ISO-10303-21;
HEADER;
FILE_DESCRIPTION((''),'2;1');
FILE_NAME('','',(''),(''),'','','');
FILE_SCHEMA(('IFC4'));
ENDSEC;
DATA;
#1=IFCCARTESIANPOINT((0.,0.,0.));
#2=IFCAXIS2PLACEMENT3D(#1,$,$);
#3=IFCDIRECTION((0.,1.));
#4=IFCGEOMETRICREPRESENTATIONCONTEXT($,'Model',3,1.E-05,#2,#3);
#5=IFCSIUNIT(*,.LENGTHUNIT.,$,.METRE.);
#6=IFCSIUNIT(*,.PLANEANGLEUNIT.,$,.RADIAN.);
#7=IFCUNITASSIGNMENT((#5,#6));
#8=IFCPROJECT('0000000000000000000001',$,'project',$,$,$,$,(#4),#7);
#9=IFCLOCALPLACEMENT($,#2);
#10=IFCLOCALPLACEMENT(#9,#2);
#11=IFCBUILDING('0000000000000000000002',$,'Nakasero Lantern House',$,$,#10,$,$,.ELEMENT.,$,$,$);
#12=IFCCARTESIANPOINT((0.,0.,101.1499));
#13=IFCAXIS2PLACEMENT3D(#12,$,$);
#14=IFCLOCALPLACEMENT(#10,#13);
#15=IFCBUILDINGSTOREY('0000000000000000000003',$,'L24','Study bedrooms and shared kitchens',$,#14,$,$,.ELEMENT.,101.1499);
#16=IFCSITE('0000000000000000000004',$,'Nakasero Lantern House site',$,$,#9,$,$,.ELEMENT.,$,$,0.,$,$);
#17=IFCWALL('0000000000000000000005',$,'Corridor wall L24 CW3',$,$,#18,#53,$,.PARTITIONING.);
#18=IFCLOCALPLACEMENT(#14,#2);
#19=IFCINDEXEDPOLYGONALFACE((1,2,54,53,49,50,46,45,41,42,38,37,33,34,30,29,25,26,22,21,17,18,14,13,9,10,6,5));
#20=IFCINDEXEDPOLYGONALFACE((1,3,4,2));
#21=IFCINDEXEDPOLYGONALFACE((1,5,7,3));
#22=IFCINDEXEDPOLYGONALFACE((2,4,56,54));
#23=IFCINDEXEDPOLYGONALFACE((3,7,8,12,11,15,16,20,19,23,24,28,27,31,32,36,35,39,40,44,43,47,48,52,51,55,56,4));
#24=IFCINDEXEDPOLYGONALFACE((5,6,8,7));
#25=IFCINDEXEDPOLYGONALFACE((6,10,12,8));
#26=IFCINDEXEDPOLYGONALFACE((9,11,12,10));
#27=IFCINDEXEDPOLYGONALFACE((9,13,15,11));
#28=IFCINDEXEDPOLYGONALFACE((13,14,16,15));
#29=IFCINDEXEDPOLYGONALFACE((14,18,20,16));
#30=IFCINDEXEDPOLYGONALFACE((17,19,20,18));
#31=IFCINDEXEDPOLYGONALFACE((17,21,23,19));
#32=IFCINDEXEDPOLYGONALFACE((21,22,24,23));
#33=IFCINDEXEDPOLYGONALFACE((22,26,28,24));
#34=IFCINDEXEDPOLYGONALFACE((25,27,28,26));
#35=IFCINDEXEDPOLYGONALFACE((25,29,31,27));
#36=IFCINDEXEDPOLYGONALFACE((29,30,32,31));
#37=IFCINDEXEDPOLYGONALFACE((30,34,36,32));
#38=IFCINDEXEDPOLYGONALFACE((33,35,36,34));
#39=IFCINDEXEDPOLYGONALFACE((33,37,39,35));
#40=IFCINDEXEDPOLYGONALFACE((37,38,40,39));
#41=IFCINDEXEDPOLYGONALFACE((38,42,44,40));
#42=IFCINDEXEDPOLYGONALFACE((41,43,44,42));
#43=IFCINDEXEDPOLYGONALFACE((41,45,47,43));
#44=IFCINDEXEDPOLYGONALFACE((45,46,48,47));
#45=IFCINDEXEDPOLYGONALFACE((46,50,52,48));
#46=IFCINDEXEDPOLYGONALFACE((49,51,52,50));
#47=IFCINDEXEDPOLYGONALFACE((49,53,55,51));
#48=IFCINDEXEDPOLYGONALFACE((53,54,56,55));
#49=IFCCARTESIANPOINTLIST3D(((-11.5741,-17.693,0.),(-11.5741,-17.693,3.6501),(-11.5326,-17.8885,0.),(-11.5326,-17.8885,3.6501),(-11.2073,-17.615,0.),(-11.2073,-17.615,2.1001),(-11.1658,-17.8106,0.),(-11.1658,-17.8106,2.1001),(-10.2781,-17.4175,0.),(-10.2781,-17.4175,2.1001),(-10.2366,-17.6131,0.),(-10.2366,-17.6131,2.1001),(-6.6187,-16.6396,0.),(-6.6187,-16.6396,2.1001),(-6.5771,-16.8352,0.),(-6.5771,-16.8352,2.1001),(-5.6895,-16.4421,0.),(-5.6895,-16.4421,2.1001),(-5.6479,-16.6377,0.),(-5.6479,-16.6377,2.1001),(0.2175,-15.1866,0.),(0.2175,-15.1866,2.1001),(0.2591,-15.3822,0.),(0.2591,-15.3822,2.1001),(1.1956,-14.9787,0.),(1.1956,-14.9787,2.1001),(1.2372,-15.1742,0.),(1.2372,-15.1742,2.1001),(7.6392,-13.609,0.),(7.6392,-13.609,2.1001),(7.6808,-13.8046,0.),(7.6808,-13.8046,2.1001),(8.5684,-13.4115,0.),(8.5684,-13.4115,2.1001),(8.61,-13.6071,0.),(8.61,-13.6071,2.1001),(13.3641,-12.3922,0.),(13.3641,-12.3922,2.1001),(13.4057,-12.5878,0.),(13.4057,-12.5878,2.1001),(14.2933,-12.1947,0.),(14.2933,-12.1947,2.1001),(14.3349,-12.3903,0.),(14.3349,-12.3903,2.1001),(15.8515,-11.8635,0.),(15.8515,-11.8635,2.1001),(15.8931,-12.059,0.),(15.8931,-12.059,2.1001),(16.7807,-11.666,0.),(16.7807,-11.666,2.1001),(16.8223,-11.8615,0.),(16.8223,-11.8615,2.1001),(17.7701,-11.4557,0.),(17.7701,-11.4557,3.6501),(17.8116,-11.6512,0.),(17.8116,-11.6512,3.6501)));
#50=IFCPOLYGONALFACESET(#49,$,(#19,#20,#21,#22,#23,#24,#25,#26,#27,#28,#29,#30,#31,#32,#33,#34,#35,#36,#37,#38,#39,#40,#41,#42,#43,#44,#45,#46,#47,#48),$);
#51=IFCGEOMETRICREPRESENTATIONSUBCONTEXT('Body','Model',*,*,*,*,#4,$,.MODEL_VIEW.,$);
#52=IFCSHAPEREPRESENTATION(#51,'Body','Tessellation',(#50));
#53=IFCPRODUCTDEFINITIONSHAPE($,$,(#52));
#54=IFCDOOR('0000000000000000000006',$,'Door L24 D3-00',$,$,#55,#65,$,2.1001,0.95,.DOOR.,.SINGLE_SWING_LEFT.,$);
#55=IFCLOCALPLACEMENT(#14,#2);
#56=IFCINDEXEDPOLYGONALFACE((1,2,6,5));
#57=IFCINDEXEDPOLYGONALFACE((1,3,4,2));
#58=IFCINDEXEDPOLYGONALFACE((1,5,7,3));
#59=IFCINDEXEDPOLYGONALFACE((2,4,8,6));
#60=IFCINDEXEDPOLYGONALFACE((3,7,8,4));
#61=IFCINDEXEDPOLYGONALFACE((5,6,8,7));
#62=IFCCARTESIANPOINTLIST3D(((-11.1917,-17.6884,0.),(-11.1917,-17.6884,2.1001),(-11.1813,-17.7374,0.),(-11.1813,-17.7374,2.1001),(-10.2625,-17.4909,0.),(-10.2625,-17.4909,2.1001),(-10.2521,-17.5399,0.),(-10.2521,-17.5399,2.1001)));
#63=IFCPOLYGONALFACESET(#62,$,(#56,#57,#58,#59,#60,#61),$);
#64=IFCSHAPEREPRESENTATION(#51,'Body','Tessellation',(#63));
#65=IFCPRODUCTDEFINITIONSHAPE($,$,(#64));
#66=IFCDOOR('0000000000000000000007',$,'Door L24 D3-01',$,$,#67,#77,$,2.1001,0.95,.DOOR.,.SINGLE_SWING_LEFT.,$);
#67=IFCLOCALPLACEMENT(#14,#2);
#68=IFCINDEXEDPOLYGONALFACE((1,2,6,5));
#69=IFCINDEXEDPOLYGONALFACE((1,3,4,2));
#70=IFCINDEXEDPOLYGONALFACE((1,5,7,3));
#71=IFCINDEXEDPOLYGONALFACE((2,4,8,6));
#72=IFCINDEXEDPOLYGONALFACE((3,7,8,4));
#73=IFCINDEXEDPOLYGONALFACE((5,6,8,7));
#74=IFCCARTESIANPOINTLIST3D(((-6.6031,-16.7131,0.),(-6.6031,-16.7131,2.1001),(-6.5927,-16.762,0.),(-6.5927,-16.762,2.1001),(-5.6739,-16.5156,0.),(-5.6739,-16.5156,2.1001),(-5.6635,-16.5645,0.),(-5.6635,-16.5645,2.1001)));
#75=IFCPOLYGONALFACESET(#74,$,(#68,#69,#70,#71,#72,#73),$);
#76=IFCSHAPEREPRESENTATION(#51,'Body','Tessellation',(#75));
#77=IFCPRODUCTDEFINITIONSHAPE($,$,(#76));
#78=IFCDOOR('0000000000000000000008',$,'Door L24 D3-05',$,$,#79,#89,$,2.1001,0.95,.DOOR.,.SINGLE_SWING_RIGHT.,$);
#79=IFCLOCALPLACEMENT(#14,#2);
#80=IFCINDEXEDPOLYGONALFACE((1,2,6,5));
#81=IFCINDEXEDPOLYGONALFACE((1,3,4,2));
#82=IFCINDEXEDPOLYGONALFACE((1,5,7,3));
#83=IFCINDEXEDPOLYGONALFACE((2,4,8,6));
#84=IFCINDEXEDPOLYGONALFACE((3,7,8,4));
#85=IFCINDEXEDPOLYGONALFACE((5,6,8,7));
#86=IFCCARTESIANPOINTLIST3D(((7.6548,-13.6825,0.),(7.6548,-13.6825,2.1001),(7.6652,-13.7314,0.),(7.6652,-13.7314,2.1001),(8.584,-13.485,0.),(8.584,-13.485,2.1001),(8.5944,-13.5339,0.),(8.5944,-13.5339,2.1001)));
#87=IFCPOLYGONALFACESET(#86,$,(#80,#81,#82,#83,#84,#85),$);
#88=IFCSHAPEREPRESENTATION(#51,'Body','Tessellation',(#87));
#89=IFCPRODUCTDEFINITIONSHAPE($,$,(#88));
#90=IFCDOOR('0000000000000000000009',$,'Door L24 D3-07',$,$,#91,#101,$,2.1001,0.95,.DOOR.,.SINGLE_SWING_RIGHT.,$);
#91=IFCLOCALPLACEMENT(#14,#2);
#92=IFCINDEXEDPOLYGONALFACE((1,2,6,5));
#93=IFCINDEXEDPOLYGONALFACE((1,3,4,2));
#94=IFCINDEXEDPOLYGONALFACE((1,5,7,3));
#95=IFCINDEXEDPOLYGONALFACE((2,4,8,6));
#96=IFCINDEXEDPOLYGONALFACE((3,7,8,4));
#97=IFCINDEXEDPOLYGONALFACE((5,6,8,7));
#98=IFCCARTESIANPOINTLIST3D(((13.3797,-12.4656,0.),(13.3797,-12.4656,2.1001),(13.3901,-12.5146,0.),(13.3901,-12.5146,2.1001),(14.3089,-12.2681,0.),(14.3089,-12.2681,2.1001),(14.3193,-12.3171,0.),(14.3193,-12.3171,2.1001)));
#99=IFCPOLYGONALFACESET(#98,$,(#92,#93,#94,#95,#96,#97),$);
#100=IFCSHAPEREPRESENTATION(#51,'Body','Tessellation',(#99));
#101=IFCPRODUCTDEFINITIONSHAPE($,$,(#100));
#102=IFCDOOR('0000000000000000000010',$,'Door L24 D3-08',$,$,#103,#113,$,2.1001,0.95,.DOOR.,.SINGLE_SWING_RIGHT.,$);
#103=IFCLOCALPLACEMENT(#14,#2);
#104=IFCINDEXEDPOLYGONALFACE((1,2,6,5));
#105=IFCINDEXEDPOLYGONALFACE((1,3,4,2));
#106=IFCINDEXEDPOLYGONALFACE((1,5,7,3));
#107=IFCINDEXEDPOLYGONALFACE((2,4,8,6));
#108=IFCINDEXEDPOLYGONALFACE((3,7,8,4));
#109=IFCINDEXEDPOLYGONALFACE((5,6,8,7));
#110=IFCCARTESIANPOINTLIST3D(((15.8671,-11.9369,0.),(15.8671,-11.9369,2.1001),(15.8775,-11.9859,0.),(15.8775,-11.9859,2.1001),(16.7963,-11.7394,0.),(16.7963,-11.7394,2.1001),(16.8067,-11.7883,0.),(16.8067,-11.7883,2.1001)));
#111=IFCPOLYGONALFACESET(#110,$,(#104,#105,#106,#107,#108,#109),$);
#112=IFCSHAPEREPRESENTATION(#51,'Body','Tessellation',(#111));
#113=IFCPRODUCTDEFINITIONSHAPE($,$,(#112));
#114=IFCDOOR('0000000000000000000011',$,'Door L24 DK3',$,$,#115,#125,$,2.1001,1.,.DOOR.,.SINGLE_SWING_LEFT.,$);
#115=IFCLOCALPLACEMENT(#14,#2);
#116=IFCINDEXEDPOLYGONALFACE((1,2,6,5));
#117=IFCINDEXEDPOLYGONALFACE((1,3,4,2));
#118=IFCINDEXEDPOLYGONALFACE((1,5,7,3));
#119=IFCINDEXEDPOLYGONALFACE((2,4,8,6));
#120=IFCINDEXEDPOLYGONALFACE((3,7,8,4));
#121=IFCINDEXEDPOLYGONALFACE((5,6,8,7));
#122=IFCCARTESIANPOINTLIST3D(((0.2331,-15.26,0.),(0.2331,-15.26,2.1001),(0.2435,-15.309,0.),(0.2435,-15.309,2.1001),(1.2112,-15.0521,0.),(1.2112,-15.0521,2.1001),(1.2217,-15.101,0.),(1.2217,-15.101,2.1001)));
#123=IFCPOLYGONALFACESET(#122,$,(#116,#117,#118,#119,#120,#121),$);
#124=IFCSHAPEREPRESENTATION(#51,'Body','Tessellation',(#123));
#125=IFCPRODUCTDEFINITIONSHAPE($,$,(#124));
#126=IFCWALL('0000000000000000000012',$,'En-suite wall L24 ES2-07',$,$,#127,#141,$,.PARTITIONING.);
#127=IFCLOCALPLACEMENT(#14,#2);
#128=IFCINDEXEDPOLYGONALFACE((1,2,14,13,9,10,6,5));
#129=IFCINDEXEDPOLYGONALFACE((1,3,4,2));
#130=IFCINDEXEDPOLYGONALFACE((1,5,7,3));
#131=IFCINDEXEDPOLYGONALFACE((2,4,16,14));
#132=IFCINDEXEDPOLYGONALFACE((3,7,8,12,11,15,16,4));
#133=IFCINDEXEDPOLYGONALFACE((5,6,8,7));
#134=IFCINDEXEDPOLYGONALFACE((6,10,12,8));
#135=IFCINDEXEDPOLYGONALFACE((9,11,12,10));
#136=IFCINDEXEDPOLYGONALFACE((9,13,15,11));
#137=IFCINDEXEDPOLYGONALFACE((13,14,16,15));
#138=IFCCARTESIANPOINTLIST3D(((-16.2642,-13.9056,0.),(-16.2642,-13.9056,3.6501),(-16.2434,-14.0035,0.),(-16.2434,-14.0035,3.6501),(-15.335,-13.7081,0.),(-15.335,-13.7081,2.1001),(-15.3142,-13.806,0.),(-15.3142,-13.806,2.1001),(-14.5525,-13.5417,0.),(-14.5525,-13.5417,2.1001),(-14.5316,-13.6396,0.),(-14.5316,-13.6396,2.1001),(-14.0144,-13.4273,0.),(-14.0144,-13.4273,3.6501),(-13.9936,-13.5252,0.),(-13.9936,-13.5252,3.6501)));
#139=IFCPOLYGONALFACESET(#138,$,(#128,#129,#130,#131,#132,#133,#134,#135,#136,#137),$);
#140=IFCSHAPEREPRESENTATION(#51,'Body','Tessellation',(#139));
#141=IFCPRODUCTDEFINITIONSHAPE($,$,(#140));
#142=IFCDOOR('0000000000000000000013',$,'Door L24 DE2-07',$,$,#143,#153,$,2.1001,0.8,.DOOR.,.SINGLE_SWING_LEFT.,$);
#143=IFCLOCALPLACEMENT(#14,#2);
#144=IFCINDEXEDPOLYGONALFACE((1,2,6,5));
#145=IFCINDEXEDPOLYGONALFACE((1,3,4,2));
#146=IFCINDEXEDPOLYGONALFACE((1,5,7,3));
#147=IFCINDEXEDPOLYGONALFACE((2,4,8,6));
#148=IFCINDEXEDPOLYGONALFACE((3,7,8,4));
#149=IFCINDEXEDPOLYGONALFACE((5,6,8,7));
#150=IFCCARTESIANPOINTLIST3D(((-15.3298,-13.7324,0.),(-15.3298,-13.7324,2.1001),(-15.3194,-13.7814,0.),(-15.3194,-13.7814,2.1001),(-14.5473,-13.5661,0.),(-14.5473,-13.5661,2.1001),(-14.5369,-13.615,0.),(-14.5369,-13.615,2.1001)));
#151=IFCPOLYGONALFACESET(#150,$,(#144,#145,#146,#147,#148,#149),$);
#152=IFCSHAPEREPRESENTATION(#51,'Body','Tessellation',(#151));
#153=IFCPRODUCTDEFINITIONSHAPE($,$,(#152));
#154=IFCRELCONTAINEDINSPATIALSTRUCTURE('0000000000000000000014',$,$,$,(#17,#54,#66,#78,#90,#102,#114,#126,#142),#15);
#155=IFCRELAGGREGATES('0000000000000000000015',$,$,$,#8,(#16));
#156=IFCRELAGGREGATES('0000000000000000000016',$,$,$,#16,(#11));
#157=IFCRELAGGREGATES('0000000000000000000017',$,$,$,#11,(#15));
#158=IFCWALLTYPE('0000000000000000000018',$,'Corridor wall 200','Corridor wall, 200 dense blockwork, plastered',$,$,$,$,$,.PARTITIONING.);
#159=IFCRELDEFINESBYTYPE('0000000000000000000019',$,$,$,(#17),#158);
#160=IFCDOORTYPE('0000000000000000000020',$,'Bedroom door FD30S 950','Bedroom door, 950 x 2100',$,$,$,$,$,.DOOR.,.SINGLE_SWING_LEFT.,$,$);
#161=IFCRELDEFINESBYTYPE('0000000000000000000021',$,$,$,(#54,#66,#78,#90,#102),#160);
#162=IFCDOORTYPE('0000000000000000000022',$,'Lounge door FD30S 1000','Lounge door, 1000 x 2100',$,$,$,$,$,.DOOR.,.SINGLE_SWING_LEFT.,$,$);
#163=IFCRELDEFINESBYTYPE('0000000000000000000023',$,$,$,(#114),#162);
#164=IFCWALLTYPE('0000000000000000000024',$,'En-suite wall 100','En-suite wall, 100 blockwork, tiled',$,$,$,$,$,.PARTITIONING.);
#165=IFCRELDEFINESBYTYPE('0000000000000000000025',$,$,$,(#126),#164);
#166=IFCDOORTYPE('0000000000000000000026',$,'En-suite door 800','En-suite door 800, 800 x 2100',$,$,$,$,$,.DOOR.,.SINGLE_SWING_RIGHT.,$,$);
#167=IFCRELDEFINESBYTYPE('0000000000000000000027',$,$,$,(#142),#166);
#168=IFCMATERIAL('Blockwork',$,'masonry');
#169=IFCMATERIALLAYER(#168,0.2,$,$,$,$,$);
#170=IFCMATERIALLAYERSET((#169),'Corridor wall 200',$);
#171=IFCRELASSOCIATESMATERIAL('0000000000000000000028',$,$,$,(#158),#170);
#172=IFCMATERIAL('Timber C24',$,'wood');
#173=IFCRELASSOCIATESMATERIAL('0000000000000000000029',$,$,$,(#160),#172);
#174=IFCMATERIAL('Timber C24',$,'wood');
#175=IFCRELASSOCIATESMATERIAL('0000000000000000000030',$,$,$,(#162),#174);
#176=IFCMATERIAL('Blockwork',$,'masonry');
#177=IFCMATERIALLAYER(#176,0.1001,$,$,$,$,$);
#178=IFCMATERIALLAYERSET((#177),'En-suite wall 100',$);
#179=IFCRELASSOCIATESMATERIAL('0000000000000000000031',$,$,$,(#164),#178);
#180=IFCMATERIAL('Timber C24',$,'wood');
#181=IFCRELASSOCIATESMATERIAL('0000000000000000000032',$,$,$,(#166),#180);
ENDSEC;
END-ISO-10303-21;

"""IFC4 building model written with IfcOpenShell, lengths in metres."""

from ifc_helpers import new_model, si_unit, direction, frame, frame_2d, origin, place, context, subcontext, project, spatial, rectangle, extrude, material, layer, layer_set, type_object, element, fill, save


model = new_model("IFC4")

# Units and contexts
model_context = context("Model", 3, precision=1e-05, world=origin(), true_north=direction((0.0, 1.0)))
body_context = subcontext(model_context, "Body", "Model", "MODEL_VIEW")
ifc_project = project(units=[si_unit("LENGTHUNIT", "METRE"), si_unit("PLANEANGLEUNIT", "RADIAN")], contexts=[model_context])

# Site, building, storey
site_placement = place(None, origin())
site = spatial("IfcSite", under=ifc_project, at=site_placement, Name="Nakasero Lantern House site", CompositionType="ELEMENT", RefElevation=0.0)
building_placement = place(site_placement, origin())
building = spatial("IfcBuilding", under=site, at=building_placement, Name="Nakasero Lantern House", CompositionType="ELEMENT")
storey_placement = place(building_placement, frame((0.0, 0.0, 101.1499)))
storey = spatial("IfcBuildingStorey", under=building, at=storey_placement, Name="L24", Description="Study bedrooms and shared kitchens", CompositionType="ELEMENT", Elevation=101.1499)

# Wall, openings, doors
ifc_material_1 = material(Name="Blockwork", Category="masonry")
ifc_layer_1 = layer(ifc_material_1, 0.2)
ifc_layer_set_1 = layer_set([ifc_layer_1], Name="Corridor wall 200")
wall_type_1 = type_object("IfcWallType", Name="Corridor wall 200", Description="Corridor wall, 200 dense blockwork, plastered", PredefinedType="PARTITIONING", material=ifc_layer_set_1)
wall_1_placement = place(storey_placement, frame((-11.5535, -17.7908, 0.0), z_axis=(0.0, 0.0, 1.0), x_axis=(0.978148, 0.207912, 0.0)))
wall_1 = element("IfcWall", 1, at=wall_1_placement, inside=storey, type_object=wall_type_1, Name="Corridor wall L24 CW3", PredefinedType="PARTITIONING", context=body_context, shape_type="SweptSolid", body=[
    extrude(rectangle(XDim=29.9998, YDim=0.2, at=frame_2d((15.0, 0.0))), origin(), (0.0, 0.0, 1.0), 3.6501),
])
opening_1_placement = place(wall_1_placement, frame((0.375, 0.0, 0.0)))
opening_1 = element("IfcOpeningElement", 2, at=opening_1_placement, cuts=wall_1, PredefinedType="OPENING", context=body_context, shape_type="SweptSolid", body=[
    extrude(rectangle(XDim=0.95, YDim=2.1001, at=frame_2d((0.4751, 1.05))), frame((0.0, 0.1199, 0.0), z_axis=(0.0, -1.0, 0.0), x_axis=(1.0, 0.0, 0.0)), (0.0, 0.0, 1.0), 0.24),
])
opening_2_placement = place(wall_1_placement, frame((5.0662, 0.0, 0.0)))
opening_2 = element("IfcOpeningElement", 3, at=opening_2_placement, cuts=wall_1, PredefinedType="OPENING", context=body_context, shape_type="SweptSolid", body=[
    extrude(rectangle(XDim=0.95, YDim=2.1001, at=frame_2d((0.4751, 1.05))), frame((0.0, 0.1199, 0.0), z_axis=(0.0, -1.0, 0.0), x_axis=(1.0, 0.0, 0.0)), (0.0, 0.0, 1.0), 0.24),
])
opening_3_placement = place(wall_1_placement, frame((19.6426, 0.0, 0.0)))
opening_3 = element("IfcOpeningElement", 4, at=opening_3_placement, cuts=wall_1, PredefinedType="OPENING", context=body_context, shape_type="SweptSolid", body=[
    extrude(rectangle(XDim=0.95, YDim=2.1001, at=frame_2d((0.4751, 1.05))), frame((0.0, 0.1199, 0.0), z_axis=(0.0, -1.0, 0.0), x_axis=(1.0, 0.0, 0.0)), (0.0, 0.0, 1.0), 0.24),
])
opening_4_placement = place(wall_1_placement, frame((25.4954, 0.0, 0.0)))
opening_4 = element("IfcOpeningElement", 5, at=opening_4_placement, cuts=wall_1, PredefinedType="OPENING", context=body_context, shape_type="SweptSolid", body=[
    extrude(rectangle(XDim=0.95, YDim=2.1001, at=frame_2d((0.4751, 1.05))), frame((0.0, 0.1199, 0.0), z_axis=(0.0, -1.0, 0.0), x_axis=(1.0, 0.0, 0.0)), (0.0, 0.0, 1.0), 0.24),
])
opening_5_placement = place(wall_1_placement, frame((28.0383, 0.0, 0.0)))
opening_5 = element("IfcOpeningElement", 6, at=opening_5_placement, cuts=wall_1, PredefinedType="OPENING", context=body_context, shape_type="SweptSolid", body=[
    extrude(rectangle(XDim=0.95, YDim=2.1001, at=frame_2d((0.4751, 1.05))), frame((0.0, 0.1199, 0.0), z_axis=(0.0, -1.0, 0.0), x_axis=(1.0, 0.0, 0.0)), (0.0, 0.0, 1.0), 0.24),
])
opening_6_placement = place(wall_1_placement, frame((12.0552, 0.0, 0.0)))
opening_6 = element("IfcOpeningElement", 7, at=opening_6_placement, cuts=wall_1, PredefinedType="OPENING", context=body_context, shape_type="SweptSolid", body=[
    extrude(rectangle(XDim=1.0, YDim=2.1001, at=frame_2d((0.5, 1.05))), frame((0.0, 0.1199, 0.0), z_axis=(0.0, -1.0, 0.0), x_axis=(1.0, 0.0, 0.0)), (0.0, 0.0, 1.0), 0.24),
])
ifc_material_2 = material(Name="Timber C24", Category="wood")
door_type_1 = type_object("IfcDoorType", Name="Bedroom door FD30S 950", Description="Bedroom door, 950 x 2100", OperationType="SINGLE_SWING_LEFT", PredefinedType="DOOR", material=ifc_material_2)
door_1_placement = place(opening_1_placement, origin())
door_1 = element("IfcDoor", 8, at=door_1_placement, inside=storey, type_object=door_type_1, Name="Door L24 D3-00", OperationType="SINGLE_SWING_LEFT", OverallHeight=2.1001, OverallWidth=0.95, PredefinedType="DOOR", context=body_context, shape_type="SweptSolid", body=[
    extrude(rectangle(XDim=0.95, YDim=2.1001, at=frame_2d((0.4751, 1.05))), frame((0.0, 0.0249, 0.0), z_axis=(0.0, -1.0, 0.0), x_axis=(1.0, 0.0, 0.0)), (0.0, 0.0, 1.0), 0.05),
])
fill(opening_1, door_1)
door_2_placement = place(opening_2_placement, origin())
door_2 = element("IfcDoor", 9, at=door_2_placement, inside=storey, type_object=door_type_1, Name="Door L24 D3-01", OperationType="SINGLE_SWING_LEFT", OverallHeight=2.1001, OverallWidth=0.95, PredefinedType="DOOR", context=body_context, shape_type="SweptSolid", body=[
    extrude(rectangle(XDim=0.95, YDim=2.1001, at=frame_2d((0.4751, 1.05))), frame((0.0, 0.0249, 0.0), z_axis=(0.0, -1.0, 0.0), x_axis=(1.0, 0.0, 0.0)), (0.0, 0.0, 1.0), 0.05),
])
fill(opening_2, door_2)
door_3_placement = place(opening_3_placement, origin())
door_3 = element("IfcDoor", 10, at=door_3_placement, inside=storey, type_object=door_type_1, Name="Door L24 D3-05", OperationType="SINGLE_SWING_RIGHT", OverallHeight=2.1001, OverallWidth=0.95, PredefinedType="DOOR", context=body_context, shape_type="SweptSolid", body=[
    extrude(rectangle(XDim=0.95, YDim=2.1001, at=frame_2d((0.4751, 1.05))), frame((0.0, 0.0249, 0.0), z_axis=(0.0, -1.0, 0.0), x_axis=(1.0, 0.0, 0.0)), (0.0, 0.0, 1.0), 0.05),
])
fill(opening_3, door_3)
door_4_placement = place(opening_4_placement, origin())
door_4 = element("IfcDoor", 11, at=door_4_placement, inside=storey, type_object=door_type_1, Name="Door L24 D3-07", OperationType="SINGLE_SWING_RIGHT", OverallHeight=2.1001, OverallWidth=0.95, PredefinedType="DOOR", context=body_context, shape_type="SweptSolid", body=[
    extrude(rectangle(XDim=0.95, YDim=2.1001, at=frame_2d((0.4751, 1.05))), frame((0.0, 0.0249, 0.0), z_axis=(0.0, -1.0, 0.0), x_axis=(1.0, 0.0, 0.0)), (0.0, 0.0, 1.0), 0.05),
])
fill(opening_4, door_4)
door_5_placement = place(opening_5_placement, origin())
door_5 = element("IfcDoor", 12, at=door_5_placement, inside=storey, type_object=door_type_1, Name="Door L24 D3-08", OperationType="SINGLE_SWING_RIGHT", OverallHeight=2.1001, OverallWidth=0.95, PredefinedType="DOOR", context=body_context, shape_type="SweptSolid", body=[
    extrude(rectangle(XDim=0.95, YDim=2.1001, at=frame_2d((0.4751, 1.05))), frame((0.0, 0.0249, 0.0), z_axis=(0.0, -1.0, 0.0), x_axis=(1.0, 0.0, 0.0)), (0.0, 0.0, 1.0), 0.05),
])
fill(opening_5, door_5)
ifc_material_3 = material(Name="Timber C24", Category="wood")
door_type_2 = type_object("IfcDoorType", Name="Lounge door FD30S 1000", Description="Lounge door, 1000 x 2100", OperationType="SINGLE_SWING_LEFT", PredefinedType="DOOR", material=ifc_material_3)
door_6_placement = place(opening_6_placement, origin())
door_6 = element("IfcDoor", 13, at=door_6_placement, inside=storey, type_object=door_type_2, Name="Door L24 DK3", OperationType="SINGLE_SWING_LEFT", OverallHeight=2.1001, OverallWidth=1.0, PredefinedType="DOOR", context=body_context, shape_type="SweptSolid", body=[
    extrude(rectangle(XDim=1.0, YDim=2.1001, at=frame_2d((0.5, 1.05))), frame((0.0, 0.0249, 0.0), z_axis=(0.0, -1.0, 0.0), x_axis=(1.0, 0.0, 0.0)), (0.0, 0.0, 1.0), 0.05),
])
fill(opening_6, door_6)

# Wall, opening, door
ifc_material_4 = material(Name="Blockwork", Category="masonry")
ifc_layer_2 = layer(ifc_material_4, 0.1001)
ifc_layer_set_2 = layer_set([ifc_layer_2], Name="En-suite wall 100")
wall_type_2 = type_object("IfcWallType", Name="En-suite wall 100", Description="En-suite wall, 100 blockwork, tiled", PredefinedType="PARTITIONING", material=ifc_layer_set_2)
wall_2_placement = place(storey_placement, frame((-14.0042, -13.4763, 0.0), z_axis=(0.0, 0.0, 1.0), x_axis=(-0.978141, -0.207941, 0.0)))
wall_2 = element("IfcWall", 14, at=wall_2_placement, inside=storey, type_object=wall_type_2, Name="En-suite wall L24 ES2-07", PredefinedType="PARTITIONING", context=body_context, shape_type="SweptSolid", body=[
    extrude(rectangle(XDim=2.3, YDim=0.1001, at=frame_2d((1.1499, 0.0))), origin(), (0.0, 0.0, 1.0), 3.6501),
])
opening_7_placement = place(wall_2_placement, frame((0.55, 0.0, 0.0)))
opening_7 = element("IfcOpeningElement", 15, at=opening_7_placement, cuts=wall_2, PredefinedType="OPENING", context=body_context, shape_type="SweptSolid", body=[
    extrude(rectangle(XDim=0.8, YDim=2.1001, at=frame_2d((0.3999, 1.05))), frame((0.0, 0.0701, 0.0), z_axis=(0.0, -1.0, 0.0), x_axis=(1.0, 0.0, 0.0)), (0.0, 0.0, 1.0), 0.1401),
])
ifc_material_5 = material(Name="Timber C24", Category="wood")
door_type_3 = type_object("IfcDoorType", Name="En-suite door 800", Description="En-suite door 800, 800 x 2100", OperationType="SINGLE_SWING_RIGHT", PredefinedType="DOOR", material=ifc_material_5)
door_7_placement = place(opening_7_placement, origin())
door_7 = element("IfcDoor", 16, at=door_7_placement, inside=storey, type_object=door_type_3, Name="Door L24 DE2-07", OperationType="SINGLE_SWING_LEFT", OverallHeight=2.1001, OverallWidth=0.8, PredefinedType="DOOR", context=body_context, shape_type="SweptSolid", body=[
    extrude(rectangle(XDim=0.8, YDim=2.1001, at=frame_2d((0.3999, 1.05))), frame((0.0, 0.0249, 0.0), z_axis=(0.0, -1.0, 0.0), x_axis=(1.0, 0.0, 0.0)), (0.0, 0.0, 1.0), 0.05),
])
fill(opening_7, door_7)

save(model, "model.ifc")
